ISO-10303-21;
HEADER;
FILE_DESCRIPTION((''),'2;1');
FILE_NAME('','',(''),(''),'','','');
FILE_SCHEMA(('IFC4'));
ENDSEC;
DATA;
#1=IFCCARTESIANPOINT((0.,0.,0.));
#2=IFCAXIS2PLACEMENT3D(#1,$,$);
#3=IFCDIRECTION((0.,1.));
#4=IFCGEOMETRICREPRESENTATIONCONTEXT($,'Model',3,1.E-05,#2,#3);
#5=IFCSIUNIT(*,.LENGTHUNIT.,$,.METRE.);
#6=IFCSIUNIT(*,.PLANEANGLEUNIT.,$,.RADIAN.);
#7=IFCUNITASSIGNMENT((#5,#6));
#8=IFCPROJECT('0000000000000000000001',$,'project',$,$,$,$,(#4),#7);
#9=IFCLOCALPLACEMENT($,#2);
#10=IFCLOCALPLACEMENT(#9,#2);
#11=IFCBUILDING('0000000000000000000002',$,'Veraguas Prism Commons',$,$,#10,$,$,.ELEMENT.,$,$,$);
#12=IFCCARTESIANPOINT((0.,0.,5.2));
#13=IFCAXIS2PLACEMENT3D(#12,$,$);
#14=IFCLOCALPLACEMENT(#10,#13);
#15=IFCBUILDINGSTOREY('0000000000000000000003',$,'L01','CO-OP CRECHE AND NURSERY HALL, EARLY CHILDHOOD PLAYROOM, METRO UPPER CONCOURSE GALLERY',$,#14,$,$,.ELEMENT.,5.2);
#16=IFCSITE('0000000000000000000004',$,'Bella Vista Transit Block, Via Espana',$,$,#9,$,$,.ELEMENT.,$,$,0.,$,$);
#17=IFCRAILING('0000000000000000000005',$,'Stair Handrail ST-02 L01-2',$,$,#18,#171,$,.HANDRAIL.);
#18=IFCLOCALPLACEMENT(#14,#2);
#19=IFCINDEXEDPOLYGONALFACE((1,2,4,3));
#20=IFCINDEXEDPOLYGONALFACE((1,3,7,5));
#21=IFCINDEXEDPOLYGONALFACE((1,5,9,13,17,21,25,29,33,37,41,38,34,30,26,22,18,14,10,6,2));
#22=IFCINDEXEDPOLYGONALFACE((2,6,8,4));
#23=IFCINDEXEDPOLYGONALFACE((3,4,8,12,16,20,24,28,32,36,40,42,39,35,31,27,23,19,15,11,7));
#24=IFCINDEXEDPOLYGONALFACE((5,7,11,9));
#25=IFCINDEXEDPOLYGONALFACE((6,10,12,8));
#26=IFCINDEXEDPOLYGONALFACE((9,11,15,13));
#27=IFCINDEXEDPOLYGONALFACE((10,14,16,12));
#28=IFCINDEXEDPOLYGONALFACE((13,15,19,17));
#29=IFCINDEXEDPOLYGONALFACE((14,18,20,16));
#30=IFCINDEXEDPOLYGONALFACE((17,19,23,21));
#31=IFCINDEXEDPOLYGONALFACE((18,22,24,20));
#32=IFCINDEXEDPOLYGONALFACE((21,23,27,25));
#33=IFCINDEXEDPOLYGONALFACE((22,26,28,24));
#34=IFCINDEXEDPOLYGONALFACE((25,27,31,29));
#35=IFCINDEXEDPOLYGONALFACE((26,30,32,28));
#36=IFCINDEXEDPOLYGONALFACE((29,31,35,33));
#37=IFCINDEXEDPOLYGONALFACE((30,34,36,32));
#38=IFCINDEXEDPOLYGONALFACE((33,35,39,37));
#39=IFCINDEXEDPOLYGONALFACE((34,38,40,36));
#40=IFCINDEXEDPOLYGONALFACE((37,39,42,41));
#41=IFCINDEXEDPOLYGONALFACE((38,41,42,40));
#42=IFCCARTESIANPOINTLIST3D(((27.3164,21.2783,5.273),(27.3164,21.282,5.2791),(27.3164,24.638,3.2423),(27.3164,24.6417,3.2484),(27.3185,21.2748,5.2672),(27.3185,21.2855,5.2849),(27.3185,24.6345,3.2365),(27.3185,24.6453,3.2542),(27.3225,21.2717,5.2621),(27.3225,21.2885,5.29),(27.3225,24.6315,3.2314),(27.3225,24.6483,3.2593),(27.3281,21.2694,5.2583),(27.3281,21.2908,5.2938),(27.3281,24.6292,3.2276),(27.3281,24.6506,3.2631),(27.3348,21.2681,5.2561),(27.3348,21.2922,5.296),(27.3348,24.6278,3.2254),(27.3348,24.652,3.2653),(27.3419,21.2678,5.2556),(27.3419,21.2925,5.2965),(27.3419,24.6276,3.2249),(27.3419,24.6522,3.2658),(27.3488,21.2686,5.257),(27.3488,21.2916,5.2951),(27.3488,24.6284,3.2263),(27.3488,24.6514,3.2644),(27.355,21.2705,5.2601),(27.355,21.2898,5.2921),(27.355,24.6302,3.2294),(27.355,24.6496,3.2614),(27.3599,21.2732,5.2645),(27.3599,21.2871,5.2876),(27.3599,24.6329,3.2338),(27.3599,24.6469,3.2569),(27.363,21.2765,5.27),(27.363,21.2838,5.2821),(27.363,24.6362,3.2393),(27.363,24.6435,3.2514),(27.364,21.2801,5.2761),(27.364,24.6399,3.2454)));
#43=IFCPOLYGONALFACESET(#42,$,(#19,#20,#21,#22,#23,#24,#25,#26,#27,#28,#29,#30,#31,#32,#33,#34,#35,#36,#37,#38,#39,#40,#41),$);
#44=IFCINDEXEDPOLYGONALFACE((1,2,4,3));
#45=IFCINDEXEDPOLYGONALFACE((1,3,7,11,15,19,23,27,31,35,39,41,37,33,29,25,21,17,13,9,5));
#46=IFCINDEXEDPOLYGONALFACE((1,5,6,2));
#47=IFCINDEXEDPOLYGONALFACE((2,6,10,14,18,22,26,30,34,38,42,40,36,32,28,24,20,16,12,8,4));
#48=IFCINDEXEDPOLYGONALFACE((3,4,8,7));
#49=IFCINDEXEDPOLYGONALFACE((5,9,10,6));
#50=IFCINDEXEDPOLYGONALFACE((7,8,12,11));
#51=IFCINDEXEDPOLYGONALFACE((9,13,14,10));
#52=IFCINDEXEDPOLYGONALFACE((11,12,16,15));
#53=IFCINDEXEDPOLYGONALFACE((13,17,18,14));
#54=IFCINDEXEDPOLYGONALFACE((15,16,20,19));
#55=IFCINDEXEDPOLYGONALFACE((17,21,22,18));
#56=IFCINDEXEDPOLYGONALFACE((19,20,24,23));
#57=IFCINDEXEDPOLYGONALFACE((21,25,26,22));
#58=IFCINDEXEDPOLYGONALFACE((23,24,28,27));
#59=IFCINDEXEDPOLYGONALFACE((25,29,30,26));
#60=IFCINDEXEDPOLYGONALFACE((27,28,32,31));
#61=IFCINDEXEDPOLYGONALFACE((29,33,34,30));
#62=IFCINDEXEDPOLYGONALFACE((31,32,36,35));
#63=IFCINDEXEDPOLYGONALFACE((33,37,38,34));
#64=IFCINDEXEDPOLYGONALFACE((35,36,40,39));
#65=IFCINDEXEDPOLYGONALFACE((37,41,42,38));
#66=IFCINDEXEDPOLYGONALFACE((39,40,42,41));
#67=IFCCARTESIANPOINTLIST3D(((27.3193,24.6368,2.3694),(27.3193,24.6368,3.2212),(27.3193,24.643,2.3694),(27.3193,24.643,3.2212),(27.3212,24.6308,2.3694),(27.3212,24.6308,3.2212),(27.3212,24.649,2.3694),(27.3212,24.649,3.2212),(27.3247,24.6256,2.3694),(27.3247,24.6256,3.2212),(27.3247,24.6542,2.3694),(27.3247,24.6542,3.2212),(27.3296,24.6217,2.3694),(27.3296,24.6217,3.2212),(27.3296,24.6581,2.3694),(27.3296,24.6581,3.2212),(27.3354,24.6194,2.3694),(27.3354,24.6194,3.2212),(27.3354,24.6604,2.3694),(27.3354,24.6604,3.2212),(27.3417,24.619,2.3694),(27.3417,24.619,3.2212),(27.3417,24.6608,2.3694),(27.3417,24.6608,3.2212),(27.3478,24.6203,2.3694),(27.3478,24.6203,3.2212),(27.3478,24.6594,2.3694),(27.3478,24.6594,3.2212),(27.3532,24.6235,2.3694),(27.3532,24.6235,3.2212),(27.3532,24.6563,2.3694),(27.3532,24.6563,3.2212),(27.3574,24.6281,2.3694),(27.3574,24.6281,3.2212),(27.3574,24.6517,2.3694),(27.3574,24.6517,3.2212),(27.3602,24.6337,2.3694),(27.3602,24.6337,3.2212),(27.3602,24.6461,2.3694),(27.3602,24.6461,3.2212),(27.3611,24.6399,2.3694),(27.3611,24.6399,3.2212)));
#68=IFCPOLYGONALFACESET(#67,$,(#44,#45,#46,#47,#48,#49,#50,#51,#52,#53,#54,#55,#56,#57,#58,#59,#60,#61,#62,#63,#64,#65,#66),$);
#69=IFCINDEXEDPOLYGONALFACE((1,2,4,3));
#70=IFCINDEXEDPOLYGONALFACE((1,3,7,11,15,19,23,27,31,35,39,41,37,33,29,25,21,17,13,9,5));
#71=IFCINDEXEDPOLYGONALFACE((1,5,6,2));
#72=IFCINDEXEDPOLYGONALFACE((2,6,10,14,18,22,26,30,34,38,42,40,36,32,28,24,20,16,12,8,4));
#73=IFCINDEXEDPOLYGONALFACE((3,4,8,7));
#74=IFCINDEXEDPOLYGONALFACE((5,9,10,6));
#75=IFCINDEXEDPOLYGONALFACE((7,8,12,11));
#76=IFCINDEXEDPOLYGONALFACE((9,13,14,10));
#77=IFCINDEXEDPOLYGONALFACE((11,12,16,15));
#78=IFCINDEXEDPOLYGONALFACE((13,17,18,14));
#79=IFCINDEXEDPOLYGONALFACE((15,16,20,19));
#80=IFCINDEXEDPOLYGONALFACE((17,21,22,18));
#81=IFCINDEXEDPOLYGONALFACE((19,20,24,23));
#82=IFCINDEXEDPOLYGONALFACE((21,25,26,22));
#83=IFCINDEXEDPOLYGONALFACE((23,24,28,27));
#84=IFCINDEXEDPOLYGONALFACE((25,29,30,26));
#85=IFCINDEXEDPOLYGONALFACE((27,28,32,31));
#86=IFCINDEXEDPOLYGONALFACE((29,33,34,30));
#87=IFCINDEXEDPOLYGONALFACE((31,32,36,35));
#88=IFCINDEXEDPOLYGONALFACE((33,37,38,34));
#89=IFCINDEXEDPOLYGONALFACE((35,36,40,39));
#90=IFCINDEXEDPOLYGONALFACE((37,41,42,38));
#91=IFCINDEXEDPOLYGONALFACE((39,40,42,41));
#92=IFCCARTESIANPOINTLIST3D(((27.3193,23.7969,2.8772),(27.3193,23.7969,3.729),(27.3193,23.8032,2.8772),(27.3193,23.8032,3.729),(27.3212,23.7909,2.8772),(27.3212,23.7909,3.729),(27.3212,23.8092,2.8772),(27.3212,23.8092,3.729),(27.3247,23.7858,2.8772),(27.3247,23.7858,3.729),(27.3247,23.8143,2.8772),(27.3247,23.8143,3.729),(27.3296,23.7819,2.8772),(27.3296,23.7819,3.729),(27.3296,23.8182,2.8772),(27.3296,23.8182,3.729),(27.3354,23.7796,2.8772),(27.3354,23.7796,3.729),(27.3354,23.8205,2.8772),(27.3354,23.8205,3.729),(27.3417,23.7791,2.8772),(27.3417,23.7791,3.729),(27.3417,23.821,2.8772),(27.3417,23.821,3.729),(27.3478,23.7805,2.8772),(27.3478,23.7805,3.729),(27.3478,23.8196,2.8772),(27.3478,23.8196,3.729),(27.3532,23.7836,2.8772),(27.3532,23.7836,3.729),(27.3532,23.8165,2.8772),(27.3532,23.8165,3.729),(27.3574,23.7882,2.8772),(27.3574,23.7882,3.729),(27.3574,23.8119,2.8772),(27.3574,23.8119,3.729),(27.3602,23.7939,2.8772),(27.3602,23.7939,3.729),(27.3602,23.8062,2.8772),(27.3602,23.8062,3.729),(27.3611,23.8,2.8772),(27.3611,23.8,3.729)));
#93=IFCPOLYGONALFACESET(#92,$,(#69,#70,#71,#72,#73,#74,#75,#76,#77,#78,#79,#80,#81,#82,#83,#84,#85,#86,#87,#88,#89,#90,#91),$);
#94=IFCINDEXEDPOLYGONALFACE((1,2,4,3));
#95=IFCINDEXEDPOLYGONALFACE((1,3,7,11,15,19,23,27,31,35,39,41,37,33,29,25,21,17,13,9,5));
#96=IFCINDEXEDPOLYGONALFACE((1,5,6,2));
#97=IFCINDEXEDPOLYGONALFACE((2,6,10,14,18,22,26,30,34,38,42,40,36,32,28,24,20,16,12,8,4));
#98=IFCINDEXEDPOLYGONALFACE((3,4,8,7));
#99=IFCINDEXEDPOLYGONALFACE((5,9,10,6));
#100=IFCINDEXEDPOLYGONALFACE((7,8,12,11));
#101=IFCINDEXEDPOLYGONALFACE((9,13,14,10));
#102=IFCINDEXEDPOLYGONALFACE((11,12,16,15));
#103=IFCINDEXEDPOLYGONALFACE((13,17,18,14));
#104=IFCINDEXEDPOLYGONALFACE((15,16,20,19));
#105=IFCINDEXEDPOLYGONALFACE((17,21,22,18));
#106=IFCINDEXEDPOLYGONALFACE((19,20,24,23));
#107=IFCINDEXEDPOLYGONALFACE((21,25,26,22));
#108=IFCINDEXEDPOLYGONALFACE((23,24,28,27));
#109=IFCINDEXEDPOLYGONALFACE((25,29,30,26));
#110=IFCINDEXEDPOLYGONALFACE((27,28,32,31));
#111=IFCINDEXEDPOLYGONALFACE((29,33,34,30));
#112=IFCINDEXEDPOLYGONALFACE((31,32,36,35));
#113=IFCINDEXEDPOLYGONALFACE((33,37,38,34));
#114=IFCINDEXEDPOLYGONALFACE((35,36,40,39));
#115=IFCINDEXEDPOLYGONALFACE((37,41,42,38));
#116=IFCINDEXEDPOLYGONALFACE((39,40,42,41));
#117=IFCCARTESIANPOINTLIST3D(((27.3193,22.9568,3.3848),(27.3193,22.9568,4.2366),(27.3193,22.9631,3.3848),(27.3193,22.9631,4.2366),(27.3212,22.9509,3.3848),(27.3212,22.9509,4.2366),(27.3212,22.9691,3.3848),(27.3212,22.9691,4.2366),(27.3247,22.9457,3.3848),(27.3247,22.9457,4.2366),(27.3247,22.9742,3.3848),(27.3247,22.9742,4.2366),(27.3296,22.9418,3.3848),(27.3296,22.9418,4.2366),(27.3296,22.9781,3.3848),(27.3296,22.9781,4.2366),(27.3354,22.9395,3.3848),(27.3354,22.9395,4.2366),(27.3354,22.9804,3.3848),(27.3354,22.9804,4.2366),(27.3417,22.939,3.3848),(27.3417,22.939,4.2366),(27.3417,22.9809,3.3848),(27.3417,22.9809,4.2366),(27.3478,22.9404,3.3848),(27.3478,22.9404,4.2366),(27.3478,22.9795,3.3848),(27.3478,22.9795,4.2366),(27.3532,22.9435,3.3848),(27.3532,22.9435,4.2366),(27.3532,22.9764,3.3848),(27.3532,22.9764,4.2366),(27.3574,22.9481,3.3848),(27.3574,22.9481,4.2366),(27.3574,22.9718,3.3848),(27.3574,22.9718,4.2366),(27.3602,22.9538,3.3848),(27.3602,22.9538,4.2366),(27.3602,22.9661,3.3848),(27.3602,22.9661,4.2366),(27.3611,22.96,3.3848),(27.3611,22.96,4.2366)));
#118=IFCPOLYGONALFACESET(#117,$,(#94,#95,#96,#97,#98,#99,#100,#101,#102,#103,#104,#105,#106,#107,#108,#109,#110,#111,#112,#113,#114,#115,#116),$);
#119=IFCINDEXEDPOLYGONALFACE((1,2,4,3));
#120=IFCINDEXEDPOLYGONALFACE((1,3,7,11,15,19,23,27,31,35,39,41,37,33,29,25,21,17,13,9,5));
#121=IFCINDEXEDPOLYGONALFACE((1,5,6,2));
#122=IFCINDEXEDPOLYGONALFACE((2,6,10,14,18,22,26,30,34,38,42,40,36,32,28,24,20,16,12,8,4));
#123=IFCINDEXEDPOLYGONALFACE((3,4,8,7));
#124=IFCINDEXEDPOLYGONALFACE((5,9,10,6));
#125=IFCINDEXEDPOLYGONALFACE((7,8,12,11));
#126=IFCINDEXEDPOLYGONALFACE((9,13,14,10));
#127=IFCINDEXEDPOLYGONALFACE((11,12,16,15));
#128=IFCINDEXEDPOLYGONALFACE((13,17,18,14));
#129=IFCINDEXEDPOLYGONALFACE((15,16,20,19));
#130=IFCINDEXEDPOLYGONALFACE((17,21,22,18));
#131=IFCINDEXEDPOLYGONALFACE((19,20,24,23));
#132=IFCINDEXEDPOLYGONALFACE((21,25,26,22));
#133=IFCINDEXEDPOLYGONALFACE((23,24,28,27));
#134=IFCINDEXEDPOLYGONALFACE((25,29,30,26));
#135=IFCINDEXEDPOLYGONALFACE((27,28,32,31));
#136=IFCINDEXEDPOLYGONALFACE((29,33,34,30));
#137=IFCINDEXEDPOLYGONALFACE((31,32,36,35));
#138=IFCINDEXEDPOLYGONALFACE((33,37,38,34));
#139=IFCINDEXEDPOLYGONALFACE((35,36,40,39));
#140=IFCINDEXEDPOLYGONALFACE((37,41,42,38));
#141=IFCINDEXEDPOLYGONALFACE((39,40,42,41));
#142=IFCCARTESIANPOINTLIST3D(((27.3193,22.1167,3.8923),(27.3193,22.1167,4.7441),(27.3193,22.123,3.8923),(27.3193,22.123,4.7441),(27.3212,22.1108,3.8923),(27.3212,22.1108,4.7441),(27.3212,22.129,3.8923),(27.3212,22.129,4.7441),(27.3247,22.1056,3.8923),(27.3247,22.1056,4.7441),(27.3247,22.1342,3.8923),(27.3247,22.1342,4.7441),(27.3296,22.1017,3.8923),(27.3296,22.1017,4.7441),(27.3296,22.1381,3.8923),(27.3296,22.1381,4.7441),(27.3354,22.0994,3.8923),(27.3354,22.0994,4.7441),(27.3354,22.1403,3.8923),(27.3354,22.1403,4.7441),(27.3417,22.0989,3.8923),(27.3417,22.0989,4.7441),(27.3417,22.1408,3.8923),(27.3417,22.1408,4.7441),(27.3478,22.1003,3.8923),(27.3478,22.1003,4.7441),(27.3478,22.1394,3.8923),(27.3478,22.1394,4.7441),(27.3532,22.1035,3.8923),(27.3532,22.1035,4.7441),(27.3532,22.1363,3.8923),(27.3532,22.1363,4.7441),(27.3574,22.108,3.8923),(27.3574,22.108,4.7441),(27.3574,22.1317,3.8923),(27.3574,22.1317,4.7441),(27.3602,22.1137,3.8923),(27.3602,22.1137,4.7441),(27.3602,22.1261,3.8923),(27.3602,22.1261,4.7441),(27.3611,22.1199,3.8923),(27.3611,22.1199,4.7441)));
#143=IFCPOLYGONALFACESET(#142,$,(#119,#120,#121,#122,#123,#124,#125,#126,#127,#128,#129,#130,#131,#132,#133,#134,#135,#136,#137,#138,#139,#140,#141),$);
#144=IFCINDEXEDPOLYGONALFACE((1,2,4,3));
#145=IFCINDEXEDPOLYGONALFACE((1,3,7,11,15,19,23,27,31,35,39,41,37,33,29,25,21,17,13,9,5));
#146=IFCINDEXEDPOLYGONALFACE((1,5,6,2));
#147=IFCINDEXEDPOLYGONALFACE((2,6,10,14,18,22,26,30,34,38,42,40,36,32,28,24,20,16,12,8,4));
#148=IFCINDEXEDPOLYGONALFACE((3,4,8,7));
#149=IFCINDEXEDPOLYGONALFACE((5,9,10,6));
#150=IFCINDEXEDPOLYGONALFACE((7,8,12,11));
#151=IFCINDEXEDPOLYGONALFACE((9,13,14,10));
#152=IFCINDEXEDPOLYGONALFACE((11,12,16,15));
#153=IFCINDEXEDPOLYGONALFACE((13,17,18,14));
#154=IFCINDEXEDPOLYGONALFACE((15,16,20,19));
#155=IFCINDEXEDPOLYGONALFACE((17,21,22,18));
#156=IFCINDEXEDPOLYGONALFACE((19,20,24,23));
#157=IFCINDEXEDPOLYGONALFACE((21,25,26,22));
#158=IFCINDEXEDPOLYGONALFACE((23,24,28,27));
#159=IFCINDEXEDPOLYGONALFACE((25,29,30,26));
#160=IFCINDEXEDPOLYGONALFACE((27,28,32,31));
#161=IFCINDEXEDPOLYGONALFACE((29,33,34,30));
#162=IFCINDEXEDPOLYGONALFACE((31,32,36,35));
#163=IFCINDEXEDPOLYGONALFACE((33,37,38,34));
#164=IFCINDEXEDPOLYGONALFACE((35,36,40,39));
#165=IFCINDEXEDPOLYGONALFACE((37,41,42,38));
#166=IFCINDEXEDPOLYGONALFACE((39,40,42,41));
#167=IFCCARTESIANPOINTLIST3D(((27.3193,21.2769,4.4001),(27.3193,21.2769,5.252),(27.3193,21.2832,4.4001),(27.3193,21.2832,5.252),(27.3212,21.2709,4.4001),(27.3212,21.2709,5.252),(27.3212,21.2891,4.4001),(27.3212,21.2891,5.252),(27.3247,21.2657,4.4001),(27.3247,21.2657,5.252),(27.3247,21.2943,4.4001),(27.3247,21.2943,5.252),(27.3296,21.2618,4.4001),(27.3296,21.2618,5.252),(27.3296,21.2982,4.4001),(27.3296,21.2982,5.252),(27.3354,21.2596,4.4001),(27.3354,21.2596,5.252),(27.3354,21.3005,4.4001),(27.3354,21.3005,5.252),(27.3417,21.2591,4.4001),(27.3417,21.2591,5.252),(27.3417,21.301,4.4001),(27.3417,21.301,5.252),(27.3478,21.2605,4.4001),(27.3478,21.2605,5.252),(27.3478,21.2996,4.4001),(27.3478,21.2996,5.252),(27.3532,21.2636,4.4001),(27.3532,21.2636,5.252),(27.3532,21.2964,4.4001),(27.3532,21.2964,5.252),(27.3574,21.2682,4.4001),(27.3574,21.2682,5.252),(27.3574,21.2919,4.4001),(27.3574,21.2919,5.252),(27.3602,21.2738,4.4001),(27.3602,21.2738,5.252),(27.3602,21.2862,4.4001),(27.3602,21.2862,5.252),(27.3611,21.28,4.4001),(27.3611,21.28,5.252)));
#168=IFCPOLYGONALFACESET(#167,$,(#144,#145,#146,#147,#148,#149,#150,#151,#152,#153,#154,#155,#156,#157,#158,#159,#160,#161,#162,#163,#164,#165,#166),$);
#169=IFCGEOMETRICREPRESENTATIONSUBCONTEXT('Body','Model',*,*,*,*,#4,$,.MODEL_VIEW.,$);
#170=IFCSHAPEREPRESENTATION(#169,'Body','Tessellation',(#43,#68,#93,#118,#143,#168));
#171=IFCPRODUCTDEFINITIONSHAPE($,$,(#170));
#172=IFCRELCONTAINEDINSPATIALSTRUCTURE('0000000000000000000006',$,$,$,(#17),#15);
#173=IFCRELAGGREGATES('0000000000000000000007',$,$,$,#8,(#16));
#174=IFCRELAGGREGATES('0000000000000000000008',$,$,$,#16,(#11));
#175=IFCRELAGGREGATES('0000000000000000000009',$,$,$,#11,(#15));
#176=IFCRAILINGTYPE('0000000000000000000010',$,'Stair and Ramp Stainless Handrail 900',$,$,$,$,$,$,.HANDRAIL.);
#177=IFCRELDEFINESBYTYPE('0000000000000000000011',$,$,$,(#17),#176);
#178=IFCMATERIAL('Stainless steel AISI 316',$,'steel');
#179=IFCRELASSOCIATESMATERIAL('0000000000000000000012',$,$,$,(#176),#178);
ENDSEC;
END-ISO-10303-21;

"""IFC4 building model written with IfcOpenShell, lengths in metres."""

from ifc_helpers import new_model, si_unit, direction, frame, origin, origin_2d, place, context, subcontext, project, spatial, circle, extrude, material, type_object, element, save


model = new_model("IFC4")

# Units and contexts
model_context = context("Model", 3, precision=1e-05, world=origin(), true_north=direction((0.0, 1.0)))
body_context = subcontext(model_context, "Body", "Model", "MODEL_VIEW")
ifc_project = project(units=[si_unit("LENGTHUNIT", "METRE"), si_unit("PLANEANGLEUNIT", "RADIAN")], contexts=[model_context])

# Site, building, storey
site_placement = place(None, origin())
site = spatial("IfcSite", under=ifc_project, at=site_placement, Name="Bella Vista Transit Block, Via Espana", CompositionType="ELEMENT", RefElevation=0.0)
building_placement = place(site_placement, origin())
building = spatial("IfcBuilding", under=site, at=building_placement, Name="Veraguas Prism Commons", CompositionType="ELEMENT")
storey_placement = place(building_placement, frame((0.0, 0.0, 5.2)))
storey = spatial("IfcBuildingStorey", under=building, at=storey_placement, Name="L01", Description="CO-OP CRECHE AND NURSERY HALL, EARLY CHILDHOOD PLAYROOM, METRO UPPER CONCOURSE GALLERY", CompositionType="ELEMENT", Elevation=5.2)

# Railing
ifc_material_1 = material(Name="Stainless steel AISI 316", Category="steel")
railing_type_1 = type_object("IfcRailingType", Name="Stair and Ramp Stainless Handrail 900", PredefinedType="HANDRAIL", material=ifc_material_1)
for number, where, name in (
    (1, (27.3401, 24.6399, 2.3694), "Stair Handrail ST-02 L01-2"),
):
    element("IfcRailing", number, at=place(storey_placement, frame(where)), inside=storey, type_object=railing_type_1, Name=name, PredefinedType="HANDRAIL", context=body_context, shape_type="SweptSolid", body=[
        extrude(circle(Radius=0.0239, at=origin_2d()), frame((0.0, 0.0, 0.876), z_axis=(0.0, -0.85582, 0.517273), x_axis=(1.0, 0.0, 0.0)), (0.0, 0.0, 1.0), 3.9258),
        extrude(circle(Radius=0.021, at=origin_2d()), origin(), (0.0, 0.0, 1.0), 0.8518),
        extrude(circle(Radius=0.021, at=origin_2d()), frame((0.0, -0.8398, 0.5078)), (0.0, 0.0, 1.0), 0.8518),
        extrude(circle(Radius=0.021, at=origin_2d()), frame((0.0, -1.6799, 1.0154)), (0.0, 0.0, 1.0), 0.8518),
        extrude(circle(Radius=0.021, at=origin_2d()), frame((0.0, -2.52, 1.5229)), (0.0, 0.0, 1.0), 0.8518),
        extrude(circle(Radius=0.021, at=origin_2d()), frame((0.0, -3.3599, 2.0308)), (0.0, 0.0, 1.0), 0.8518),
    ])

save(model, "model.ifc")
